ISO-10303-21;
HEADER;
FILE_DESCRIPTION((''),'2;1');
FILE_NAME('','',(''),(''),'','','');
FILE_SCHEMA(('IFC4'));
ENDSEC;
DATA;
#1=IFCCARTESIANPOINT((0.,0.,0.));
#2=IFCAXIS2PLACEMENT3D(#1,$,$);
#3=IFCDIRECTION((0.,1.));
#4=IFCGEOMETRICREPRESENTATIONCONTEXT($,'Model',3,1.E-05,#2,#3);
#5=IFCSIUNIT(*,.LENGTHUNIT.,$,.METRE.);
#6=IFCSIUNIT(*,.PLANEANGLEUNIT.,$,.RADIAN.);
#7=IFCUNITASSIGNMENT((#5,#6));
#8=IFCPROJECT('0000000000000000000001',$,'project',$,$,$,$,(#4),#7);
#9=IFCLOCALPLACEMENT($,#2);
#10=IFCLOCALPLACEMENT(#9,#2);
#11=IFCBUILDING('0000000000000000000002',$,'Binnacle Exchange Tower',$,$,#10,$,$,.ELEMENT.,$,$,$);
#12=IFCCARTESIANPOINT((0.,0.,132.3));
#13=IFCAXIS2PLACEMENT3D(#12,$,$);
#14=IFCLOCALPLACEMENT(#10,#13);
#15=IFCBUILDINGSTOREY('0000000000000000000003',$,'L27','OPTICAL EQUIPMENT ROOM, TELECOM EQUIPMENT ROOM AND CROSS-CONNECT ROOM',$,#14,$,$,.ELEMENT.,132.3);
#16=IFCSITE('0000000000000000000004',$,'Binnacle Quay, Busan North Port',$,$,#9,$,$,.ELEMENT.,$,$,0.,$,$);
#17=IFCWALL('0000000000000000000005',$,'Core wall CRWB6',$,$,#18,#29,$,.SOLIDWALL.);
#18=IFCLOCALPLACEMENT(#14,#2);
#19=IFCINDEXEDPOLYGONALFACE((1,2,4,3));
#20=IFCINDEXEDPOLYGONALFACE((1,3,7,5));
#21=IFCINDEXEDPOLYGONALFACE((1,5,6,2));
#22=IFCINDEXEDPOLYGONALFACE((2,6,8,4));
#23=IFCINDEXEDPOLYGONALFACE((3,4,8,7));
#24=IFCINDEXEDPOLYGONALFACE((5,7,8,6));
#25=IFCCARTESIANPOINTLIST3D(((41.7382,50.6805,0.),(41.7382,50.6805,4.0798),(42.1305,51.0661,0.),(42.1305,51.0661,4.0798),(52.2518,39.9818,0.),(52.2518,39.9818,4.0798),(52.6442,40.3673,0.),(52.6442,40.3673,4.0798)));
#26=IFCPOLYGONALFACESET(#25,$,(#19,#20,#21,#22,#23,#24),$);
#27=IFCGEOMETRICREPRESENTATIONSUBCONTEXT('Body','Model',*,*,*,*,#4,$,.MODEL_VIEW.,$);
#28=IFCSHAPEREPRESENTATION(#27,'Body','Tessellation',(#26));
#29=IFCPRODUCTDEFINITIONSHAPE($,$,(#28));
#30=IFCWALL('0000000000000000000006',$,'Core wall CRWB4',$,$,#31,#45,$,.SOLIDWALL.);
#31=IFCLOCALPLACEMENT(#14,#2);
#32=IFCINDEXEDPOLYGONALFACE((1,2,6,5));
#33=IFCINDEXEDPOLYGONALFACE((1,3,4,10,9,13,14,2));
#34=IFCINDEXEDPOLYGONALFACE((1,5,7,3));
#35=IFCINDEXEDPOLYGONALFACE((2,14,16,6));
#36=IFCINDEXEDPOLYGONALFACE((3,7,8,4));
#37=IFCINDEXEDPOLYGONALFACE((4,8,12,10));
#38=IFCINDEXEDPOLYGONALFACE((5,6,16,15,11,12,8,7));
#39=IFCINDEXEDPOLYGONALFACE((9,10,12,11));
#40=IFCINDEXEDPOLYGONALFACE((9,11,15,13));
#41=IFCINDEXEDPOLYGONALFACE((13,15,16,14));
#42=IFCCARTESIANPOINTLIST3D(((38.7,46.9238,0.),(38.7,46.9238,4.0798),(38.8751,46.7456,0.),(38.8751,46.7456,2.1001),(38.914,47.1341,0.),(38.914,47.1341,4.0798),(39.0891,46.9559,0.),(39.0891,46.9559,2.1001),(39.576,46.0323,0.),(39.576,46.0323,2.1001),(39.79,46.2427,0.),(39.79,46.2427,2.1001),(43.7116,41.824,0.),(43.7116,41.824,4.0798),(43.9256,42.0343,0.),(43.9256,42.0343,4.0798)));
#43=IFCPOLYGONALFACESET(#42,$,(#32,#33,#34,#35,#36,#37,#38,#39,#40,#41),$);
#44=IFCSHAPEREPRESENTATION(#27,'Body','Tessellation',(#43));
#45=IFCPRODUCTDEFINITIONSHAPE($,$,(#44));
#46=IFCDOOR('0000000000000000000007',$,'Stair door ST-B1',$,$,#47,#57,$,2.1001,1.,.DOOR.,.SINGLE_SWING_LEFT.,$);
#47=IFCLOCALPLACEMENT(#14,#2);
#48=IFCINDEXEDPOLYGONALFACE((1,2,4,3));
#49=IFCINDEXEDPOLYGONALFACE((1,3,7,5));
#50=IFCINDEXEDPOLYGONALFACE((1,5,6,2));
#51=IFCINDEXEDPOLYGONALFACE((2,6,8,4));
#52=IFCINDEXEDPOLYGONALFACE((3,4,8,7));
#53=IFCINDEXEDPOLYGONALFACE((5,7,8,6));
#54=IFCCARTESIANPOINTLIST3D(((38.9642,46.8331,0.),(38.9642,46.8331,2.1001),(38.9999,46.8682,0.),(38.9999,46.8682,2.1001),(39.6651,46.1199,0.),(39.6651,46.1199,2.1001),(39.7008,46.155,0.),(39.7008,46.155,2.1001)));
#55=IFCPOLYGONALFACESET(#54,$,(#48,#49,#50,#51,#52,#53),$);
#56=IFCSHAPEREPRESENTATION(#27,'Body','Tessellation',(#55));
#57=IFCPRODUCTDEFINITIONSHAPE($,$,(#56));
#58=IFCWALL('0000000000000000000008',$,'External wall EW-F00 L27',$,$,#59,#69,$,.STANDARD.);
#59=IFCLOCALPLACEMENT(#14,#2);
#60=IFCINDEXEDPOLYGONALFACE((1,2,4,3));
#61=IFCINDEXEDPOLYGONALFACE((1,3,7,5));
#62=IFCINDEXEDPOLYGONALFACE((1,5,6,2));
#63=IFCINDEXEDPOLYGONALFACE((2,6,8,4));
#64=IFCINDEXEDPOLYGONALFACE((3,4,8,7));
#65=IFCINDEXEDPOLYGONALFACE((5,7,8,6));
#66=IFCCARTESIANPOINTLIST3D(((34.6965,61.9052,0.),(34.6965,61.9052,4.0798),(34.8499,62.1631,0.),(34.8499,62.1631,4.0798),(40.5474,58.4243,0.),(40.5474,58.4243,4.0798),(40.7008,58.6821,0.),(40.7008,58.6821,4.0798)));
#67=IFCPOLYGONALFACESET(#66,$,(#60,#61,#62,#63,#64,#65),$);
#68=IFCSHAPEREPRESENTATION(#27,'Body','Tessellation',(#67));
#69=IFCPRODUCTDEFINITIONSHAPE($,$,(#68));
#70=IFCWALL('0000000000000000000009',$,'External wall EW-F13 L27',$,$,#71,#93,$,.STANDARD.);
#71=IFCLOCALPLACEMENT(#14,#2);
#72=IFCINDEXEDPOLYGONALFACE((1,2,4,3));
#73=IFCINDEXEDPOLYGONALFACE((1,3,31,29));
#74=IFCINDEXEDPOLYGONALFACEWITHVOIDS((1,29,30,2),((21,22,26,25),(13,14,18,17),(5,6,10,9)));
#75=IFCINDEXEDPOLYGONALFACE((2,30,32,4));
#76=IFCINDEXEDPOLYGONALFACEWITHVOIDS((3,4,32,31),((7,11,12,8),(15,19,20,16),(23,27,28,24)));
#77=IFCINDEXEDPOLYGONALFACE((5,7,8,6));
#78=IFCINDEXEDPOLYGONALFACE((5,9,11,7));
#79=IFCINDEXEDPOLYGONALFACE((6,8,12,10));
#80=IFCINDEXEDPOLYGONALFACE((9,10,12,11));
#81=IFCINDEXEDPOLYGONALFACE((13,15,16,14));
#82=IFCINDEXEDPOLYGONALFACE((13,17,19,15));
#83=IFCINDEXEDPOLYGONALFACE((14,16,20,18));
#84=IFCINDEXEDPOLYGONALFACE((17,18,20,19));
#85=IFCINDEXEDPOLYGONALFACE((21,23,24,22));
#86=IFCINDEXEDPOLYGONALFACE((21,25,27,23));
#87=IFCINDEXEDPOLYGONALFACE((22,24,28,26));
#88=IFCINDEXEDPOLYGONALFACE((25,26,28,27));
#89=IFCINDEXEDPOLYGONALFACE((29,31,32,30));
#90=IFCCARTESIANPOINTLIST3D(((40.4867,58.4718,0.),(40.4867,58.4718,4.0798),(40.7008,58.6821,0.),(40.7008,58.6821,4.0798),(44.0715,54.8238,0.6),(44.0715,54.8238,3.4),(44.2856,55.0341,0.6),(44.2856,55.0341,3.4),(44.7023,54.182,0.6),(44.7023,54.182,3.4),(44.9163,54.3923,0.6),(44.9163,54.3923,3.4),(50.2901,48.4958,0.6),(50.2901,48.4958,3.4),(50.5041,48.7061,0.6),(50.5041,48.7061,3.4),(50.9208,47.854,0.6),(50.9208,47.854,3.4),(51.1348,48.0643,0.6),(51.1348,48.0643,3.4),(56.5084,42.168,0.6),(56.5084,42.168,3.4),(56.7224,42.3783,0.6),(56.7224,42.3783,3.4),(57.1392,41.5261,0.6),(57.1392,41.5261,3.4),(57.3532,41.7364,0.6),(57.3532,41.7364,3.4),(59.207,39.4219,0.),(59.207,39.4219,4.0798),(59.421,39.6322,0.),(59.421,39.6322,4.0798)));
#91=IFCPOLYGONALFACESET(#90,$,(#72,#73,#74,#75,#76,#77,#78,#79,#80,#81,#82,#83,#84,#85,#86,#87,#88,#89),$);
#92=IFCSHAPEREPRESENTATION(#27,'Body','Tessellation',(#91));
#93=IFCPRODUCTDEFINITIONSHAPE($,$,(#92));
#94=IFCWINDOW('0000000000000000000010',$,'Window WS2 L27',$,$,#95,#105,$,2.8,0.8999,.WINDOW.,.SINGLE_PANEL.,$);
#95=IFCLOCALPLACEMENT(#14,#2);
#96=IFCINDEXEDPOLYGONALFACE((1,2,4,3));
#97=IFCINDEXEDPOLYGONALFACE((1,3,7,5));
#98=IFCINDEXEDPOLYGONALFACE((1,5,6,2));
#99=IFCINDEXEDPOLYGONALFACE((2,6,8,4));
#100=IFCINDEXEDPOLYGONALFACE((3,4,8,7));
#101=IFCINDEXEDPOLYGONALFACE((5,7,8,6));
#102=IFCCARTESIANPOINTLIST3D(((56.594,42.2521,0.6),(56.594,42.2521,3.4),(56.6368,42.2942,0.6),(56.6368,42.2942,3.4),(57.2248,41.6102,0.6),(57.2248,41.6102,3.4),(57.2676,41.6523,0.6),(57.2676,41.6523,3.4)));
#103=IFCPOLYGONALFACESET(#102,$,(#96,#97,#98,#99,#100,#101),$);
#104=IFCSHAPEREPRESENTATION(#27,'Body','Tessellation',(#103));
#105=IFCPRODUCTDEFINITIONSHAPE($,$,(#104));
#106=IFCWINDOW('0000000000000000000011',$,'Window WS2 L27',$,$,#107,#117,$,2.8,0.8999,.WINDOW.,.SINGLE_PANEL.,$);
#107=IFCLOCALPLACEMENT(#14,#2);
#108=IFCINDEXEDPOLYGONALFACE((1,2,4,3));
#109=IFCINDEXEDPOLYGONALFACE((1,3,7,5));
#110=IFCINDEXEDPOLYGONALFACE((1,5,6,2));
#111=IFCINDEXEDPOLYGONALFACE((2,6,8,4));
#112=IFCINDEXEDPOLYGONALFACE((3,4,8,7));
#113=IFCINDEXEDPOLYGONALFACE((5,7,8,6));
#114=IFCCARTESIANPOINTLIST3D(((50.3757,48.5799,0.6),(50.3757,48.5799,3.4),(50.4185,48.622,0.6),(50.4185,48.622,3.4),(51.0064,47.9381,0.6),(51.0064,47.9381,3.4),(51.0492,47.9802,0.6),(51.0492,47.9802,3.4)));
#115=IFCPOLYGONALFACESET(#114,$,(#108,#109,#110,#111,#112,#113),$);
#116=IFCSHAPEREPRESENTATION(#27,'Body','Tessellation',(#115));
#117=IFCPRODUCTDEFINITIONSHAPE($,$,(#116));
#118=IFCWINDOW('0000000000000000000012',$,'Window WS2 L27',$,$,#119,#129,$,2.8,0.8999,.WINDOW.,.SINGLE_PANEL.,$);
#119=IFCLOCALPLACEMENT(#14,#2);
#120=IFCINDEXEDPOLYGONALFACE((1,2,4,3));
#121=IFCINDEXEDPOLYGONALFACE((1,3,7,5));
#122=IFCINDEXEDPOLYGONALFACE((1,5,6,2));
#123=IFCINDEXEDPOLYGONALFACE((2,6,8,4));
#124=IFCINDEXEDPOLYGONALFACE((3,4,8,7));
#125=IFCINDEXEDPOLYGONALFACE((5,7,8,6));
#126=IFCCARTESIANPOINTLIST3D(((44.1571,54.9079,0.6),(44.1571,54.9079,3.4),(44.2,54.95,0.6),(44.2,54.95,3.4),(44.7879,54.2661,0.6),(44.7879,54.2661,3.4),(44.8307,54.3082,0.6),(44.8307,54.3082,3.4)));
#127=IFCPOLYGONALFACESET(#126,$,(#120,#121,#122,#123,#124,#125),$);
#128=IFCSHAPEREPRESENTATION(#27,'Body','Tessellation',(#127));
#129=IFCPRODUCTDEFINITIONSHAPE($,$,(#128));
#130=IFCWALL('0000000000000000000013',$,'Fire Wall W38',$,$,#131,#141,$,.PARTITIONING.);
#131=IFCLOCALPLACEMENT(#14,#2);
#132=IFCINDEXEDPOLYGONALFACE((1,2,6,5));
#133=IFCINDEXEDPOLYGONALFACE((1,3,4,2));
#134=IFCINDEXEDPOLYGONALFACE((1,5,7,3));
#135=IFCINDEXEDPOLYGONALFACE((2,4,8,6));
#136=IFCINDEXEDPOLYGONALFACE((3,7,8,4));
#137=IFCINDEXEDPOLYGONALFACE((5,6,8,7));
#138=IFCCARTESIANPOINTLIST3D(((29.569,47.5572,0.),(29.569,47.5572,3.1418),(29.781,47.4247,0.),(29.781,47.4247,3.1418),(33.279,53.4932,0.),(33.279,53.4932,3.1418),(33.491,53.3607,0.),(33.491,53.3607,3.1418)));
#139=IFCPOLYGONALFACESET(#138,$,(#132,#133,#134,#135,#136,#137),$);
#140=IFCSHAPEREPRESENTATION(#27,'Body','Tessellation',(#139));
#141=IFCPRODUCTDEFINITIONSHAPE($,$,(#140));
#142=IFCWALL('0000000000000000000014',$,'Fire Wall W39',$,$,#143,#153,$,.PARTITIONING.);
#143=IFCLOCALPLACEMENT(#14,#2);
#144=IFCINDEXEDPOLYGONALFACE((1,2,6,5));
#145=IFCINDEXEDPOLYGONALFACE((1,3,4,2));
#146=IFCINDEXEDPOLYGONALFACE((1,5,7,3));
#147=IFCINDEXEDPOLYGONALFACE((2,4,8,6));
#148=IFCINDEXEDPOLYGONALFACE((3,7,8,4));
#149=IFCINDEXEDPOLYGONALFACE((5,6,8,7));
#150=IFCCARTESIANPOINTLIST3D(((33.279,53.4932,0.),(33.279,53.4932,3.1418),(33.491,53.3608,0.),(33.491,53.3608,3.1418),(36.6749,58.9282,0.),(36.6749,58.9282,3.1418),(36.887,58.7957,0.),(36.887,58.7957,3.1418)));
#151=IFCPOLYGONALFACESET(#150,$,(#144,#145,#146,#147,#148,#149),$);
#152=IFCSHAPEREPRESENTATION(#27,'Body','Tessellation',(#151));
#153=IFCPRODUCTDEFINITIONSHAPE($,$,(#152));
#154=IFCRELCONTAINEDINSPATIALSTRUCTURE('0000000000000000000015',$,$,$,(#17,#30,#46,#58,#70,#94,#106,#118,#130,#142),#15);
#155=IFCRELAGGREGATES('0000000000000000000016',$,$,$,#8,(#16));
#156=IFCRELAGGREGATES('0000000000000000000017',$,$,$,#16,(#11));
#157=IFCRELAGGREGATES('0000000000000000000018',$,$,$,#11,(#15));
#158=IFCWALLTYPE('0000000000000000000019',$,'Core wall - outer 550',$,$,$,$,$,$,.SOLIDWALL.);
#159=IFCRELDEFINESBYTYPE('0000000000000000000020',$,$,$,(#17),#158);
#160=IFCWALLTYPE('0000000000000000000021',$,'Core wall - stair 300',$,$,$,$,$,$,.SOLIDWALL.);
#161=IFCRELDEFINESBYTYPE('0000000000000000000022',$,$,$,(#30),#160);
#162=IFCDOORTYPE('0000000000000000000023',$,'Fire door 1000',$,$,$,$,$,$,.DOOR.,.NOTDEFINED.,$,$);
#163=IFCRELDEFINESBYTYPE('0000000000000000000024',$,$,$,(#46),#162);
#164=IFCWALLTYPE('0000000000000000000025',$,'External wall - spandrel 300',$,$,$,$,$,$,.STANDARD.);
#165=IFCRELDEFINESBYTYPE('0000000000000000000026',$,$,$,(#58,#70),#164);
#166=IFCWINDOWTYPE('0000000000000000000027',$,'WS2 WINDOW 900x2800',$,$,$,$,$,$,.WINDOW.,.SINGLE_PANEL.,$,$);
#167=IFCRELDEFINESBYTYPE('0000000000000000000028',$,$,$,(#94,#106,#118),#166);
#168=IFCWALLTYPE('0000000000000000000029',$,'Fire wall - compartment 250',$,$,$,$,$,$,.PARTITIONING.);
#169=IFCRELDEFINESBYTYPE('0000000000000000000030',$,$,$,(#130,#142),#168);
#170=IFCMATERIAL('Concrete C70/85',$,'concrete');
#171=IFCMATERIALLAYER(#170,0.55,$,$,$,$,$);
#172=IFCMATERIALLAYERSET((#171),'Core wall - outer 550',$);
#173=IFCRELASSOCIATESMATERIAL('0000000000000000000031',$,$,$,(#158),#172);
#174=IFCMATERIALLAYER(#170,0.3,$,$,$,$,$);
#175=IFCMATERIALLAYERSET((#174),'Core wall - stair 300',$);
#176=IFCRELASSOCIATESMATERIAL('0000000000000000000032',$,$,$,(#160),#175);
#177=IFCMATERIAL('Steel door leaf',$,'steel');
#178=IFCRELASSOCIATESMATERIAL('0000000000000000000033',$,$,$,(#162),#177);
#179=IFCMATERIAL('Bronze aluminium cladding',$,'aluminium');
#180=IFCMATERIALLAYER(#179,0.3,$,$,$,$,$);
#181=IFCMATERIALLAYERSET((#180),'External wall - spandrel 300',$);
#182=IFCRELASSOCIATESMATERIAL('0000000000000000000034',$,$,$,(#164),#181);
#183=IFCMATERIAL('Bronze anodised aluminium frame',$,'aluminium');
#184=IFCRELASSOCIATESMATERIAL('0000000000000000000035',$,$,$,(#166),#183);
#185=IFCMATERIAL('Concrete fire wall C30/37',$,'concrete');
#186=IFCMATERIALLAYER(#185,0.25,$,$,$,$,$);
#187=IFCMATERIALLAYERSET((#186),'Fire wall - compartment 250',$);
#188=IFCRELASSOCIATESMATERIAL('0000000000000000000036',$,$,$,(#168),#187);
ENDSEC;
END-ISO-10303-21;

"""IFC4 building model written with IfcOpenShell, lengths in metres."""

from ifc_helpers import new_model, si_unit, direction, frame, frame_2d, origin, place, context, subcontext, project, spatial, rectangle, extrude, material, layer, layer_set, type_object, element, fill, save


model = new_model("IFC4")

# Units and contexts
model_context = context("Model", 3, precision=1e-05, world=origin(), true_north=direction((0.0, 1.0)))
body_context = subcontext(model_context, "Body", "Model", "MODEL_VIEW")
ifc_project = project(units=[si_unit("LENGTHUNIT", "METRE"), si_unit("PLANEANGLEUNIT", "RADIAN")], contexts=[model_context])

# Site, building, storey
site_placement = place(None, origin())
site = spatial("IfcSite", under=ifc_project, at=site_placement, Name="Binnacle Quay, Busan North Port", CompositionType="ELEMENT", RefElevation=0.0)
building_placement = place(site_placement, origin())
building = spatial("IfcBuilding", under=site, at=building_placement, Name="Binnacle Exchange Tower", CompositionType="ELEMENT")
storey_placement = place(building_placement, frame((0.0, 0.0, 132.3)))
storey = spatial("IfcBuildingStorey", under=building, at=storey_placement, Name="L27", Description="OPTICAL EQUIPMENT ROOM, TELECOM EQUIPMENT ROOM AND CROSS-CONNECT ROOM", CompositionType="ELEMENT", Elevation=132.3)

# Shared definitions
ifc_material_1 = material(Name="Concrete C70/85", Category="concrete")

# Wall
ifc_layer_1 = layer(ifc_material_1, 0.55)
ifc_layer_set_1 = layer_set([ifc_layer_1], Name="Core wall - outer 550")
wall_type_1 = type_object("IfcWallType", Name="Core wall - outer 550", PredefinedType="SOLIDWALL", material=ifc_layer_set_1)
wall_1_placement = place(storey_placement, frame((41.9343, 50.8733, 0.0), z_axis=(0.0, 0.0, 1.0), x_axis=(0.700911, -0.713248, 0.0)))
element("IfcWall", 1, at=wall_1_placement, inside=storey, type_object=wall_type_1, Name="Core wall CRWB6", PredefinedType="SOLIDWALL", context=body_context, shape_type="SweptSolid", body=[
    extrude(rectangle(XDim=15.0, YDim=0.55, at=frame_2d((7.5, 0.0))), origin(), (0.0, 0.0, 1.0), 4.0798),
])

# Wall, opening, door
ifc_layer_2 = layer(ifc_material_1, 0.3)
ifc_layer_set_2 = layer_set([ifc_layer_2], Name="Core wall - stair 300")
wall_type_2 = type_object("IfcWallType", Name="Core wall - stair 300", PredefinedType="SOLIDWALL", material=ifc_layer_set_2)
wall_2_placement = place(storey_placement, frame((38.8069, 47.0291, 0.0), z_axis=(0.0, 0.0, 1.0), x_axis=(0.700917, -0.713243, 0.0)))
wall_2 = element("IfcWall", 2, at=wall_2_placement, inside=storey, type_object=wall_type_2, Name="Core wall CRWB4", PredefinedType="SOLIDWALL", context=body_context, shape_type="SweptSolid", body=[
    extrude(rectangle(XDim=7.1501, YDim=0.3, at=frame_2d((3.5752, 0.0))), origin(), (0.0, 0.0, 1.0), 4.0798),
])
opening_1_placement = place(wall_2_placement, frame((0.25, 0.0, 0.0)))
opening_1 = element("IfcOpeningElement", 3, at=opening_1_placement, cuts=wall_2, PredefinedType="OPENING", context=body_context, shape_type="SweptSolid", body=[
    extrude(rectangle(XDim=1.0, YDim=2.1001, at=frame_2d((0.5, 1.05))), frame((0.0, 0.1599, 0.0), z_axis=(0.0, -1.0, 0.0), x_axis=(1.0, 0.0, 0.0)), (0.0, 0.0, 1.0), 0.3201),
])
ifc_material_2 = material(Name="Steel door leaf", Category="steel")
door_type = type_object("IfcDoorType", Name="Fire door 1000", OperationType="NOTDEFINED", PredefinedType="DOOR", material=ifc_material_2)
door_placement = place(opening_1_placement, origin())
door = element("IfcDoor", 4, at=door_placement, inside=storey, type_object=door_type, Name="Stair door ST-B1", OperationType="SINGLE_SWING_LEFT", OverallHeight=2.1001, OverallWidth=1.0, PredefinedType="DOOR", context=body_context, shape_type="SweptSolid", body=[
    extrude(rectangle(XDim=1.0, YDim=2.1001, at=frame_2d((0.5, 1.05))), frame((0.0, 0.0249, 0.0), z_axis=(0.0, -1.0, 0.0), x_axis=(1.0, 0.0, 0.0)), (0.0, 0.0, 1.0), 0.05),
])
fill(opening_1, door)

# Wall
ifc_material_3 = material(Name="Bronze aluminium cladding", Category="aluminium")
ifc_layer_3 = layer(ifc_material_3, 0.3)
ifc_layer_set_3 = layer_set([ifc_layer_3], Name="External wall - spandrel 300")
wall_type_3 = type_object("IfcWallType", Name="External wall - spandrel 300", PredefinedType="STANDARD", material=ifc_layer_set_3)
wall_3_placement = place(storey_placement, frame((34.7732, 62.0342, 0.0), z_axis=(0.0, 0.0, 1.0), x_axis=(0.859401, -0.511302, 0.0)))
element("IfcWall", 5, at=wall_3_placement, inside=storey, type_object=wall_type_3, Name="External wall EW-F00 L27", PredefinedType="STANDARD", context=body_context, shape_type="SweptSolid", body=[
    extrude(rectangle(XDim=6.8081, YDim=0.3, at=frame_2d((3.4041, 0.0))), origin(), (0.0, 0.0, 1.0), 4.0798),
])

# Wall, openings, windows
wall_4_placement = place(storey_placement, frame((40.5938, 58.5769, 0.0), z_axis=(0.0, 0.0, 1.0), x_axis=(0.70091, -0.71325, 0.0)))
wall_4 = element("IfcWall", 6, at=wall_4_placement, inside=storey, type_object=wall_type_3, Name="External wall EW-F13 L27", PredefinedType="STANDARD", context=body_context, shape_type="SweptSolid", body=[
    extrude(rectangle(XDim=26.7085, YDim=0.3, at=frame_2d((13.3542, 0.0))), origin(), (0.0, 0.0, 1.0), 4.0798),
])
opening_2_placement = place(wall_4_placement, frame((22.8584, 0.0, 0.6001)))
opening_2 = element("IfcOpeningElement", 7, at=opening_2_placement, cuts=wall_4, PredefinedType="OPENING", context=body_context, shape_type="SweptSolid", body=[
    extrude(rectangle(XDim=0.8999, YDim=2.8, at=frame_2d((0.45, 1.3999))), frame((0.0, 0.1599, 0.0), z_axis=(0.0, -1.0, 0.0), x_axis=(1.0, 0.0, 0.0)), (0.0, 0.0, 1.0), 0.3201),
])
opening_3_placement = place(wall_4_placement, frame((13.9866, 0.0, 0.6001)))
opening_3 = element("IfcOpeningElement", 8, at=opening_3_placement, cuts=wall_4, PredefinedType="OPENING", context=body_context, shape_type="SweptSolid", body=[
    extrude(rectangle(XDim=0.8999, YDim=2.8, at=frame_2d((0.45, 1.3999))), frame((0.0, 0.1599, 0.0), z_axis=(0.0, -1.0, 0.0), x_axis=(1.0, 0.0, 0.0)), (0.0, 0.0, 1.0), 0.3201),
])
opening_4_placement = place(wall_4_placement, frame((5.1145, 0.0, 0.6001)))
opening_4 = element("IfcOpeningElement", 9, at=opening_4_placement, cuts=wall_4, PredefinedType="OPENING", context=body_context, shape_type="SweptSolid", body=[
    extrude(rectangle(XDim=0.8999, YDim=2.8, at=frame_2d((0.45, 1.3999))), frame((0.0, 0.1599, 0.0), z_axis=(0.0, -1.0, 0.0), x_axis=(1.0, 0.0, 0.0)), (0.0, 0.0, 1.0), 0.3201),
])
ifc_material_4 = material(Name="Bronze anodised aluminium frame", Category="aluminium")
window_type = type_object("IfcWindowType", Name="WS2 WINDOW 900x2800", PartitioningType="SINGLE_PANEL", PredefinedType="WINDOW", material=ifc_material_4)
window_1_placement = place(opening_2_placement, origin())
window_1 = element("IfcWindow", 10, at=window_1_placement, inside=storey, type_object=window_type, Name="Window WS2 L27", OverallHeight=2.8, OverallWidth=0.8999, PartitioningType="SINGLE_PANEL", PredefinedType="WINDOW", context=body_context, shape_type="SweptSolid", body=[
    extrude(rectangle(XDim=0.8999, YDim=2.8, at=frame_2d((0.45, 1.3999))), frame((0.0, 0.03, 0.0), z_axis=(0.0, -1.0, 0.0), x_axis=(1.0, 0.0, 0.0)), (0.0, 0.0, 1.0), 0.0601),
])
fill(opening_2, window_1)
window_2_placement = place(opening_3_placement, origin())
window_2 = element("IfcWindow", 11, at=window_2_placement, inside=storey, type_object=window_type, Name="Window WS2 L27", OverallHeight=2.8, OverallWidth=0.8999, PartitioningType="SINGLE_PANEL", PredefinedType="WINDOW", context=body_context, shape_type="SweptSolid", body=[
    extrude(rectangle(XDim=0.8999, YDim=2.8, at=frame_2d((0.45, 1.3999))), frame((0.0, 0.03, 0.0), z_axis=(0.0, -1.0, 0.0), x_axis=(1.0, 0.0, 0.0)), (0.0, 0.0, 1.0), 0.0601),
])
fill(opening_3, window_2)
window_3_placement = place(opening_4_placement, origin())
window_3 = element("IfcWindow", 12, at=window_3_placement, inside=storey, type_object=window_type, Name="Window WS2 L27", OverallHeight=2.8, OverallWidth=0.8999, PartitioningType="SINGLE_PANEL", PredefinedType="WINDOW", context=body_context, shape_type="SweptSolid", body=[
    extrude(rectangle(XDim=0.8999, YDim=2.8, at=frame_2d((0.45, 1.3999))), frame((0.0, 0.03, 0.0), z_axis=(0.0, -1.0, 0.0), x_axis=(1.0, 0.0, 0.0)), (0.0, 0.0, 1.0), 0.0601),
])
fill(opening_4, window_3)

# Walls
ifc_material_5 = material(Name="Concrete fire wall C30/37", Category="concrete")
ifc_layer_4 = layer(ifc_material_5, 0.25)
ifc_layer_set_4 = layer_set([ifc_layer_4], Name="Fire wall - compartment 250")
wall_type_4 = type_object("IfcWallType", Name="Fire wall - compartment 250", PredefinedType="PARTITIONING", material=ifc_layer_set_4)
wall_5_placement = place(storey_placement, frame((29.675, 47.491, 0.0), z_axis=(0.0, 0.0, 1.0), x_axis=(0.529993, 0.848002, 0.0)))
element("IfcWall", 13, at=wall_5_placement, inside=storey, type_object=wall_type_4, Name="Fire Wall W38", PredefinedType="PARTITIONING", context=body_context, shape_type="SweptSolid", body=[
    extrude(rectangle(XDim=7.0, YDim=0.25, at=frame_2d((3.5, 0.0))), origin(), (0.0, 0.0, 1.0), 3.1418),
])
wall_6_placement = place(storey_placement, frame((33.385, 53.427, 0.0), z_axis=(0.0, 0.0, 1.0), x_axis=(0.529896, 0.848063, 0.0)))
element("IfcWall", 14, at=wall_6_placement, inside=storey, type_object=wall_type_4, Name="Fire Wall W39", PredefinedType="PARTITIONING", context=body_context, shape_type="SweptSolid", body=[
    extrude(rectangle(XDim=6.4087, YDim=0.25, at=frame_2d((3.2043, 0.0))), origin(), (0.0, 0.0, 1.0), 3.1418),
])

save(model, "model.ifc")
